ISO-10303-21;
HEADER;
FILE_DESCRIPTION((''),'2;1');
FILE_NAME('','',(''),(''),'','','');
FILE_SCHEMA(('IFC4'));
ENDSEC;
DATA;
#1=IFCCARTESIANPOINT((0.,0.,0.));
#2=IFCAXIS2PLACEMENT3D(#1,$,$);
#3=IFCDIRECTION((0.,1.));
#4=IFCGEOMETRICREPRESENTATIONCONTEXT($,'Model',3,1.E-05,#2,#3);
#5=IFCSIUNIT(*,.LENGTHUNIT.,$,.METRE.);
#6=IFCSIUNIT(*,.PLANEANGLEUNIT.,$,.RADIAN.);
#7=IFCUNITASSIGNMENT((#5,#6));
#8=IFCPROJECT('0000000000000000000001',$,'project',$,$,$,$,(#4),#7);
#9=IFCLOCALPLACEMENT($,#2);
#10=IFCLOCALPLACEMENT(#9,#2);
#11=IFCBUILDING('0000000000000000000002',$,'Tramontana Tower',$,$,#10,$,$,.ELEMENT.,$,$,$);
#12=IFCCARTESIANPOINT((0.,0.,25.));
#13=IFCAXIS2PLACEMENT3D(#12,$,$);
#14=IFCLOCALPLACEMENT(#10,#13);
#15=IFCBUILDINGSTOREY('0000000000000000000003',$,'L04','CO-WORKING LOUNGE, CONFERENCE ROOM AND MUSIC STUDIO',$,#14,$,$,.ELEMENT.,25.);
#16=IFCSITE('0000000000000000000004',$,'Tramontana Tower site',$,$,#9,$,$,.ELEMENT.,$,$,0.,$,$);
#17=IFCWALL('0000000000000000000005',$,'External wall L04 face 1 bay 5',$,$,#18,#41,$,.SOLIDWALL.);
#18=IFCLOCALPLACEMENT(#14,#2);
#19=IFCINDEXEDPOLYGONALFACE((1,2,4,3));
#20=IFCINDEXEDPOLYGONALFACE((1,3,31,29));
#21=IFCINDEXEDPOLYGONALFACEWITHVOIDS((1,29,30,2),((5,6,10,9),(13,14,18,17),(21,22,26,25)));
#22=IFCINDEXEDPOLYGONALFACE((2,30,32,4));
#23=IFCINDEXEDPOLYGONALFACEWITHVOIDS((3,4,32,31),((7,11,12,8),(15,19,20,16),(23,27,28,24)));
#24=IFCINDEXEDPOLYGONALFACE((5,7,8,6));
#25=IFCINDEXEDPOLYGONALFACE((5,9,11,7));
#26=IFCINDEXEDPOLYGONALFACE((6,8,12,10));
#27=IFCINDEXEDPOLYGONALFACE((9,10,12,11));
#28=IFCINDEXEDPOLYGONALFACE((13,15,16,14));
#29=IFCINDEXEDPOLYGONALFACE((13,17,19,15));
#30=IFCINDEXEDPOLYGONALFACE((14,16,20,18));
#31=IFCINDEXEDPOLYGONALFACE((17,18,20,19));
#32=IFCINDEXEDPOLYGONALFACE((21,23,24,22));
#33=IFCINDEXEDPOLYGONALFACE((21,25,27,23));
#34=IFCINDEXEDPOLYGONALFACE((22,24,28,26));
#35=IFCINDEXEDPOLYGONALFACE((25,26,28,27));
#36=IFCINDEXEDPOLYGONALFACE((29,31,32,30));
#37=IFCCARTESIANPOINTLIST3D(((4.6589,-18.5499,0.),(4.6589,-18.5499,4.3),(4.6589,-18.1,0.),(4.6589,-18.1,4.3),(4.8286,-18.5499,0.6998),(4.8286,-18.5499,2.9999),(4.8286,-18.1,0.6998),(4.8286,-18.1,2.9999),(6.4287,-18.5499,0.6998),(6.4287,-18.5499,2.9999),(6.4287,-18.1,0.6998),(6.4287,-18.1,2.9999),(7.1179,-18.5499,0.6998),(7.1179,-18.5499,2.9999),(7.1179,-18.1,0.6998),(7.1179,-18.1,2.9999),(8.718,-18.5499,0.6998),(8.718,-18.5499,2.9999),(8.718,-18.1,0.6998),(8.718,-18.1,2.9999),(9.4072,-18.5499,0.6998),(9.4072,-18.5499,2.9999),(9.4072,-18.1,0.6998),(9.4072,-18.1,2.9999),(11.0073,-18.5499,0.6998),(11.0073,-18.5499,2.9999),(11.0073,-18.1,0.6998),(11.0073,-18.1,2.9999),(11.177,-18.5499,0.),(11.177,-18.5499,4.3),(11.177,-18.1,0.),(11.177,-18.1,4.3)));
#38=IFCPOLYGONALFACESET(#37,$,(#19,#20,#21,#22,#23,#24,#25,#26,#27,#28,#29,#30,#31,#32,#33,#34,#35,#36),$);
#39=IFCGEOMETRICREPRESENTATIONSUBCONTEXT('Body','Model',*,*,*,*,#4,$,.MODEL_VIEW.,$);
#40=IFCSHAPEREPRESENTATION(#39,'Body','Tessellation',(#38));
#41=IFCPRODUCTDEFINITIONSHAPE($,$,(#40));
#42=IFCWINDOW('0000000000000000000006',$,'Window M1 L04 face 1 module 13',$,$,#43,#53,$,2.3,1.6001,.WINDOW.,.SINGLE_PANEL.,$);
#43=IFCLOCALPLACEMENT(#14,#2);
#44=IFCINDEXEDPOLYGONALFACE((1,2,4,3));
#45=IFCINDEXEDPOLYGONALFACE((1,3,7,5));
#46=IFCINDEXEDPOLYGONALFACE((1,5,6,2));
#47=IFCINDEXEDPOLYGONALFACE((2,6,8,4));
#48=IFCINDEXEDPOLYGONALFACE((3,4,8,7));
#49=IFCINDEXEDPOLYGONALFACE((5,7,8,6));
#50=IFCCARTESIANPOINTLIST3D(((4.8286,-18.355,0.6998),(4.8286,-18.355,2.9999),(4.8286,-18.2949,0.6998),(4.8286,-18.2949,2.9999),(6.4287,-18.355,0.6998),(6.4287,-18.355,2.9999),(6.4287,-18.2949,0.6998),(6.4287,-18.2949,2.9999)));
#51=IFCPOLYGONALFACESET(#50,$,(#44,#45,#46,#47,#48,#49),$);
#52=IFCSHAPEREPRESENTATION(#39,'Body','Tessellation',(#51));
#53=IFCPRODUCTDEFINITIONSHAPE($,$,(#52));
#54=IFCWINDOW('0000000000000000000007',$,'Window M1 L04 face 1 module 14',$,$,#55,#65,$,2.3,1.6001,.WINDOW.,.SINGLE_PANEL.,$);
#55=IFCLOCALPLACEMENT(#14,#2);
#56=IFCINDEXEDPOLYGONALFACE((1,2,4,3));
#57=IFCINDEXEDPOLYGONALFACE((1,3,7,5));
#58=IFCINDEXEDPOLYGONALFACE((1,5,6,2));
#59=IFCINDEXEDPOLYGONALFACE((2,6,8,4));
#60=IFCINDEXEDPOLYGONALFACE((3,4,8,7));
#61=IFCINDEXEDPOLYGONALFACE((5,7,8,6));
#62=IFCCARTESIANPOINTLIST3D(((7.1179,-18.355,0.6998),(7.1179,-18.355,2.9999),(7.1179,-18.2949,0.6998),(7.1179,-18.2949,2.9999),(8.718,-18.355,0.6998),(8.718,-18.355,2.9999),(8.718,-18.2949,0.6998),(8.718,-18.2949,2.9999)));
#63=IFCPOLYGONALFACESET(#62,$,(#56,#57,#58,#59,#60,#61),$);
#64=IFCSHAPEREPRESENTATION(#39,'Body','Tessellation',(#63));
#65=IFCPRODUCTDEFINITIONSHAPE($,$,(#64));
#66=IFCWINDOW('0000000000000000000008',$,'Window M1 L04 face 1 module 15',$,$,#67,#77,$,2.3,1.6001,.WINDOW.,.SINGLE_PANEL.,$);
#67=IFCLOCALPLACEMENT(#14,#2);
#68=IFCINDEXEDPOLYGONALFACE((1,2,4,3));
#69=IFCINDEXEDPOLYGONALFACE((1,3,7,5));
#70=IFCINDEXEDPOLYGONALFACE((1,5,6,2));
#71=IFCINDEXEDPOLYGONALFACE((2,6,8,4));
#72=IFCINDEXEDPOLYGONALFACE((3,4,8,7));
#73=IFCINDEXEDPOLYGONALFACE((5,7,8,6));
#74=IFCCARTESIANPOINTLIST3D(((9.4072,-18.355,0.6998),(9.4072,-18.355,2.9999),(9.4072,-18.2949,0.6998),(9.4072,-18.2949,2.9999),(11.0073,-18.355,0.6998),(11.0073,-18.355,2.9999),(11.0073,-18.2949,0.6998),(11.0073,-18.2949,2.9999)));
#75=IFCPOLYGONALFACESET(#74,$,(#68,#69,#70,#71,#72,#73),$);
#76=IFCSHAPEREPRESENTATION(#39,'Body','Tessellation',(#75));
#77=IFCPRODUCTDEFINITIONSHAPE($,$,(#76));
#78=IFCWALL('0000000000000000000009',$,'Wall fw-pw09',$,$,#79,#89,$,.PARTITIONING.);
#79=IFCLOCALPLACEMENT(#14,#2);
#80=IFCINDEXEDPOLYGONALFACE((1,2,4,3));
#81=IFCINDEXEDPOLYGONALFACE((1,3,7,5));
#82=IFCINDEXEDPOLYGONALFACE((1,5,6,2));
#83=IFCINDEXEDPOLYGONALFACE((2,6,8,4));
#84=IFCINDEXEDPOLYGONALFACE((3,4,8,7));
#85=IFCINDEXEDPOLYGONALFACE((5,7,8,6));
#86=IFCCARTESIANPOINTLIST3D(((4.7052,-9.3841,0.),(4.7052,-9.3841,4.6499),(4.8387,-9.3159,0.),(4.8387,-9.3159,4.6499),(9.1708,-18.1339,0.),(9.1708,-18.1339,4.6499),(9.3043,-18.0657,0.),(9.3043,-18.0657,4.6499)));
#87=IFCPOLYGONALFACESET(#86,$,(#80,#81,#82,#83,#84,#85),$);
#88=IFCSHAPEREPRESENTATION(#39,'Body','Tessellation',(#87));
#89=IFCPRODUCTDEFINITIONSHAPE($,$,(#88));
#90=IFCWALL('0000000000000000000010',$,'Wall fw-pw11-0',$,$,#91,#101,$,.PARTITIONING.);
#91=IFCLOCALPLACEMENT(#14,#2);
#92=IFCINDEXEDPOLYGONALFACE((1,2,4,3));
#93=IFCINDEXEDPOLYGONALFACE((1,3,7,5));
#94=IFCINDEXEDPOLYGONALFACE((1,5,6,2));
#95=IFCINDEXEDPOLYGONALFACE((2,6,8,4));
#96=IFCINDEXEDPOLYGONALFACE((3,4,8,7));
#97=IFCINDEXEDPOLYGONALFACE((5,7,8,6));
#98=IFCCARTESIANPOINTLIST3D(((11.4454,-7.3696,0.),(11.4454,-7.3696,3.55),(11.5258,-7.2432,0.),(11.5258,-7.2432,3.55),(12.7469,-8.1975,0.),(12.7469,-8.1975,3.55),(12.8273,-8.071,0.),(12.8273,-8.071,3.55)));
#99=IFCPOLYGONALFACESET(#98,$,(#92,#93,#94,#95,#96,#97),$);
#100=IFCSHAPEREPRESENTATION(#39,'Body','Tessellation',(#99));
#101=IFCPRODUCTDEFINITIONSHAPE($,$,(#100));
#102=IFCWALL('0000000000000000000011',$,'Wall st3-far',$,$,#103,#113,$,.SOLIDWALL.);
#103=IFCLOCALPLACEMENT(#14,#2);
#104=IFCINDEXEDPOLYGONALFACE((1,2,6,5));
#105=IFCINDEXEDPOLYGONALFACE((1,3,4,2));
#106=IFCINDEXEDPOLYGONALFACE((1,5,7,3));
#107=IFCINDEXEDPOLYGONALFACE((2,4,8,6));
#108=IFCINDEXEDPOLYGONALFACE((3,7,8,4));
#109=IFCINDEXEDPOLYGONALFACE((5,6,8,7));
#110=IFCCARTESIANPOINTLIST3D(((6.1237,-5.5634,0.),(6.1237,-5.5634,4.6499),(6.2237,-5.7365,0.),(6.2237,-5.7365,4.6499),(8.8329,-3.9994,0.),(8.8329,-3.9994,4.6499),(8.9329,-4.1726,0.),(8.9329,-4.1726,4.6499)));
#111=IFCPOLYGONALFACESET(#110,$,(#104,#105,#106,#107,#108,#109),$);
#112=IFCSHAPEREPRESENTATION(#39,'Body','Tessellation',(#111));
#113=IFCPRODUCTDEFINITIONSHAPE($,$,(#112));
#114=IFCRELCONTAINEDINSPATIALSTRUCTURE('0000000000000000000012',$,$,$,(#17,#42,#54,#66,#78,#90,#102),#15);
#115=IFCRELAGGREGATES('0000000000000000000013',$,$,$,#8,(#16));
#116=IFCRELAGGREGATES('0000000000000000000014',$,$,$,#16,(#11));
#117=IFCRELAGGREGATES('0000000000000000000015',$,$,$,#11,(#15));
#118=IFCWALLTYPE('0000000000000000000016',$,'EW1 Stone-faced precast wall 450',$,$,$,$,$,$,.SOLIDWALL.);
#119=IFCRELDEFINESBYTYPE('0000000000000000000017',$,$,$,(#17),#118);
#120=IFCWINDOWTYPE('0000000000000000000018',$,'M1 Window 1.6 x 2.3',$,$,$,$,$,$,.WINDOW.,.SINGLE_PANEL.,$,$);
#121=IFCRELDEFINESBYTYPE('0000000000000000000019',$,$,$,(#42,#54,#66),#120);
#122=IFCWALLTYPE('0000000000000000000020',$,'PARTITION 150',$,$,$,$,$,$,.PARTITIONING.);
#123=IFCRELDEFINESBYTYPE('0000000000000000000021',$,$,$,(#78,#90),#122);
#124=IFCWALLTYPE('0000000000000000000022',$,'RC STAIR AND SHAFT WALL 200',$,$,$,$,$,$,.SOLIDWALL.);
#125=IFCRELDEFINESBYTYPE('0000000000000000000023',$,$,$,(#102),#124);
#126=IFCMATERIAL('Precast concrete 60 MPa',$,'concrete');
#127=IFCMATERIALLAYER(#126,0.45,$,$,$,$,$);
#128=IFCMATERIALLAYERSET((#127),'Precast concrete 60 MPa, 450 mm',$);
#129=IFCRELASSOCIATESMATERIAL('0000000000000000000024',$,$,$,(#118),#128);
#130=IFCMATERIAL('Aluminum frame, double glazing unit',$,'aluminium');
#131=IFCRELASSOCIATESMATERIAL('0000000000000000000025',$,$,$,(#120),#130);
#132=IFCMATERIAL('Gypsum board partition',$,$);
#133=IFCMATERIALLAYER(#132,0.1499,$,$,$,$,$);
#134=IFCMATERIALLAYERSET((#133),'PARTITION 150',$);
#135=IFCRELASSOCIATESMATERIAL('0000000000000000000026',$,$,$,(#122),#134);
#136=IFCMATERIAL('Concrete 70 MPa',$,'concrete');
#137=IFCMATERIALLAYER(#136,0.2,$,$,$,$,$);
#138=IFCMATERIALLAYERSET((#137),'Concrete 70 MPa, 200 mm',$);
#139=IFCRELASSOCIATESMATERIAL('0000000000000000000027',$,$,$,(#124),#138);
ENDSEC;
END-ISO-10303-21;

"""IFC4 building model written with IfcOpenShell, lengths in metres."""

from ifc_helpers import new_model, si_unit, direction, frame, frame_2d, origin, place, context, subcontext, project, spatial, rectangle, extrude, material, layer, layer_set, type_object, element, fill, save


model = new_model("IFC4")

# Units and contexts
model_context = context("Model", 3, precision=1e-05, world=origin(), true_north=direction((0.0, 1.0)))
body_context = subcontext(model_context, "Body", "Model", "MODEL_VIEW")
ifc_project = project(units=[si_unit("LENGTHUNIT", "METRE"), si_unit("PLANEANGLEUNIT", "RADIAN")], contexts=[model_context])

# Site, building, storey
site_placement = place(None, origin())
site = spatial("IfcSite", under=ifc_project, at=site_placement, Name="Tramontana Tower site", CompositionType="ELEMENT", RefElevation=0.0)
building_placement = place(site_placement, origin())
building = spatial("IfcBuilding", under=site, at=building_placement, Name="Tramontana Tower", CompositionType="ELEMENT")
storey_placement = place(building_placement, frame((0.0, 0.0, 25.0)))
storey = spatial("IfcBuildingStorey", under=building, at=storey_placement, Name="L04", Description="CO-WORKING LOUNGE, CONFERENCE ROOM AND MUSIC STUDIO", CompositionType="ELEMENT", Elevation=25.0)

# Wall, openings, windows
ifc_material_1 = material(Name="Precast concrete 60 MPa", Category="concrete")
ifc_layer_1 = layer(ifc_material_1, 0.45)
ifc_layer_set_1 = layer_set([ifc_layer_1], Name="Precast concrete 60 MPa, 450 mm")
wall_type_1 = type_object("IfcWallType", Name="EW1 Stone-faced precast wall 450", PredefinedType="SOLIDWALL", material=ifc_layer_set_1)
wall_1_placement = place(storey_placement, frame((4.6589, -18.325, 0.0), z_axis=(0.0, 0.0, 1.0), x_axis=(1.0, 0.0, 0.0)))
wall_1 = element("IfcWall", 1, at=wall_1_placement, inside=storey, type_object=wall_type_1, Name="External wall L04 face 1 bay 5", PredefinedType="SOLIDWALL", context=body_context, shape_type="SweptSolid", body=[
    extrude(rectangle(XDim=6.5181, YDim=0.45, at=frame_2d((3.259, 0.0))), origin(), (0.0, 0.0, 1.0), 4.3),
])
opening_1_placement = place(wall_1_placement, frame((0.1697, 0.0, 0.7)))
opening_1 = element("IfcOpeningElement", 2, at=opening_1_placement, cuts=wall_1, PredefinedType="OPENING", context=body_context, shape_type="SweptSolid", body=[
    extrude(rectangle(XDim=1.6001, YDim=2.3, at=frame_2d((0.8, 1.1499))), frame((0.0, 0.2349, 0.0), z_axis=(0.0, -1.0, 0.0), x_axis=(1.0, 0.0, 0.0)), (0.0, 0.0, 1.0), 0.47),
])
opening_2_placement = place(wall_1_placement, frame((2.459, 0.0, 0.7)))
opening_2 = element("IfcOpeningElement", 3, at=opening_2_placement, cuts=wall_1, PredefinedType="OPENING", context=body_context, shape_type="SweptSolid", body=[
    extrude(rectangle(XDim=1.6001, YDim=2.3, at=frame_2d((0.8, 1.1499))), frame((0.0, 0.2349, 0.0), z_axis=(0.0, -1.0, 0.0), x_axis=(1.0, 0.0, 0.0)), (0.0, 0.0, 1.0), 0.47),
])
opening_3_placement = place(wall_1_placement, frame((4.7483, 0.0, 0.7)))
opening_3 = element("IfcOpeningElement", 4, at=opening_3_placement, cuts=wall_1, PredefinedType="OPENING", context=body_context, shape_type="SweptSolid", body=[
    extrude(rectangle(XDim=1.6001, YDim=2.3, at=frame_2d((0.8, 1.1499))), frame((0.0, 0.2349, 0.0), z_axis=(0.0, -1.0, 0.0), x_axis=(1.0, 0.0, 0.0)), (0.0, 0.0, 1.0), 0.47),
])
ifc_material_2 = material(Name="Aluminum frame, double glazing unit", Category="aluminium")
window_type = type_object("IfcWindowType", Name="M1 Window 1.6 x 2.3", PartitioningType="SINGLE_PANEL", PredefinedType="WINDOW", material=ifc_material_2)
window_1_placement = place(opening_1_placement, origin())
window_1 = element("IfcWindow", 5, at=window_1_placement, inside=storey, type_object=window_type, Name="Window M1 L04 face 1 module 13", OverallHeight=2.3, OverallWidth=1.6001, PartitioningType="SINGLE_PANEL", PredefinedType="WINDOW", context=body_context, shape_type="SweptSolid", body=[
    extrude(rectangle(XDim=1.6001, YDim=2.3, at=frame_2d((0.8, 1.1499))), frame((0.0, 0.03, 0.0), z_axis=(0.0, -1.0, 0.0), x_axis=(1.0, 0.0, 0.0)), (0.0, 0.0, 1.0), 0.0601),
])
fill(opening_1, window_1)
window_2_placement = place(opening_2_placement, origin())
window_2 = element("IfcWindow", 6, at=window_2_placement, inside=storey, type_object=window_type, Name="Window M1 L04 face 1 module 14", OverallHeight=2.3, OverallWidth=1.6001, PartitioningType="SINGLE_PANEL", PredefinedType="WINDOW", context=body_context, shape_type="SweptSolid", body=[
    extrude(rectangle(XDim=1.6001, YDim=2.3, at=frame_2d((0.8, 1.1499))), frame((0.0, 0.03, 0.0), z_axis=(0.0, -1.0, 0.0), x_axis=(1.0, 0.0, 0.0)), (0.0, 0.0, 1.0), 0.0601),
])
fill(opening_2, window_2)
window_3_placement = place(opening_3_placement, origin())
window_3 = element("IfcWindow", 7, at=window_3_placement, inside=storey, type_object=window_type, Name="Window M1 L04 face 1 module 15", OverallHeight=2.3, OverallWidth=1.6001, PartitioningType="SINGLE_PANEL", PredefinedType="WINDOW", context=body_context, shape_type="SweptSolid", body=[
    extrude(rectangle(XDim=1.6001, YDim=2.3, at=frame_2d((0.8, 1.1499))), frame((0.0, 0.03, 0.0), z_axis=(0.0, -1.0, 0.0), x_axis=(1.0, 0.0, 0.0)), (0.0, 0.0, 1.0), 0.0601),
])
fill(opening_3, window_3)

# Walls
ifc_material_3 = material(Name="Gypsum board partition")
ifc_layer_2 = layer(ifc_material_3, 0.1499)
ifc_layer_set_2 = layer_set([ifc_layer_2], Name="PARTITION 150")
wall_type_2 = type_object("IfcWallType", Name="PARTITION 150", PredefinedType="PARTITIONING", material=ifc_layer_set_2)
wall_2_placement = place(storey_placement, frame((4.772, -9.3501, 0.0), z_axis=(0.0, 0.0, 1.0), x_axis=(0.454585, -0.890704, 0.0)))
element("IfcWall", 8, at=wall_2_placement, inside=storey, type_object=wall_type_2, Name="Wall fw-pw09", PredefinedType="PARTITIONING", context=body_context, shape_type="SweptSolid", body=[
    extrude(rectangle(XDim=9.8235, YDim=0.1499, at=frame_2d((4.9116, 0.0))), origin(), (0.0, 0.0, 1.0), 4.6499),
])
wall_3_placement = place(storey_placement, frame((11.4856, -7.3064, 0.0), z_axis=(0.0, 0.0, 1.0), x_axis=(0.843766, -0.536712, 0.0)))
element("IfcWall", 9, at=wall_3_placement, inside=storey, type_object=wall_type_2, Name="Wall fw-pw11-0", PredefinedType="PARTITIONING", context=body_context, shape_type="SweptSolid", body=[
    extrude(rectangle(XDim=1.5425, YDim=0.1499, at=frame_2d((0.7712, 0.0))), origin(), (0.0, 0.0, 1.0), 3.55),
])
ifc_material_4 = material(Name="Concrete 70 MPa", Category="concrete")
ifc_layer_3 = layer(ifc_material_4, 0.2)
ifc_layer_set_3 = layer_set([ifc_layer_3], Name="Concrete 70 MPa, 200 mm")
wall_type_3 = type_object("IfcWallType", Name="RC STAIR AND SHAFT WALL 200", PredefinedType="SOLIDWALL", material=ifc_layer_set_3)
wall_4_placement = place(storey_placement, frame((6.1738, -5.6499, 0.0), z_axis=(0.0, 0.0, 1.0), x_axis=(0.866054, 0.49995, 0.0)))
element("IfcWall", 10, at=wall_4_placement, inside=storey, type_object=wall_type_3, Name="Wall st3-far", PredefinedType="SOLIDWALL", context=body_context, shape_type="SweptSolid", body=[
    extrude(rectangle(XDim=3.1282, YDim=0.2, at=frame_2d((1.564, 0.0))), origin(), (0.0, 0.0, 1.0), 4.6499),
])

save(model, "model.ifc")
